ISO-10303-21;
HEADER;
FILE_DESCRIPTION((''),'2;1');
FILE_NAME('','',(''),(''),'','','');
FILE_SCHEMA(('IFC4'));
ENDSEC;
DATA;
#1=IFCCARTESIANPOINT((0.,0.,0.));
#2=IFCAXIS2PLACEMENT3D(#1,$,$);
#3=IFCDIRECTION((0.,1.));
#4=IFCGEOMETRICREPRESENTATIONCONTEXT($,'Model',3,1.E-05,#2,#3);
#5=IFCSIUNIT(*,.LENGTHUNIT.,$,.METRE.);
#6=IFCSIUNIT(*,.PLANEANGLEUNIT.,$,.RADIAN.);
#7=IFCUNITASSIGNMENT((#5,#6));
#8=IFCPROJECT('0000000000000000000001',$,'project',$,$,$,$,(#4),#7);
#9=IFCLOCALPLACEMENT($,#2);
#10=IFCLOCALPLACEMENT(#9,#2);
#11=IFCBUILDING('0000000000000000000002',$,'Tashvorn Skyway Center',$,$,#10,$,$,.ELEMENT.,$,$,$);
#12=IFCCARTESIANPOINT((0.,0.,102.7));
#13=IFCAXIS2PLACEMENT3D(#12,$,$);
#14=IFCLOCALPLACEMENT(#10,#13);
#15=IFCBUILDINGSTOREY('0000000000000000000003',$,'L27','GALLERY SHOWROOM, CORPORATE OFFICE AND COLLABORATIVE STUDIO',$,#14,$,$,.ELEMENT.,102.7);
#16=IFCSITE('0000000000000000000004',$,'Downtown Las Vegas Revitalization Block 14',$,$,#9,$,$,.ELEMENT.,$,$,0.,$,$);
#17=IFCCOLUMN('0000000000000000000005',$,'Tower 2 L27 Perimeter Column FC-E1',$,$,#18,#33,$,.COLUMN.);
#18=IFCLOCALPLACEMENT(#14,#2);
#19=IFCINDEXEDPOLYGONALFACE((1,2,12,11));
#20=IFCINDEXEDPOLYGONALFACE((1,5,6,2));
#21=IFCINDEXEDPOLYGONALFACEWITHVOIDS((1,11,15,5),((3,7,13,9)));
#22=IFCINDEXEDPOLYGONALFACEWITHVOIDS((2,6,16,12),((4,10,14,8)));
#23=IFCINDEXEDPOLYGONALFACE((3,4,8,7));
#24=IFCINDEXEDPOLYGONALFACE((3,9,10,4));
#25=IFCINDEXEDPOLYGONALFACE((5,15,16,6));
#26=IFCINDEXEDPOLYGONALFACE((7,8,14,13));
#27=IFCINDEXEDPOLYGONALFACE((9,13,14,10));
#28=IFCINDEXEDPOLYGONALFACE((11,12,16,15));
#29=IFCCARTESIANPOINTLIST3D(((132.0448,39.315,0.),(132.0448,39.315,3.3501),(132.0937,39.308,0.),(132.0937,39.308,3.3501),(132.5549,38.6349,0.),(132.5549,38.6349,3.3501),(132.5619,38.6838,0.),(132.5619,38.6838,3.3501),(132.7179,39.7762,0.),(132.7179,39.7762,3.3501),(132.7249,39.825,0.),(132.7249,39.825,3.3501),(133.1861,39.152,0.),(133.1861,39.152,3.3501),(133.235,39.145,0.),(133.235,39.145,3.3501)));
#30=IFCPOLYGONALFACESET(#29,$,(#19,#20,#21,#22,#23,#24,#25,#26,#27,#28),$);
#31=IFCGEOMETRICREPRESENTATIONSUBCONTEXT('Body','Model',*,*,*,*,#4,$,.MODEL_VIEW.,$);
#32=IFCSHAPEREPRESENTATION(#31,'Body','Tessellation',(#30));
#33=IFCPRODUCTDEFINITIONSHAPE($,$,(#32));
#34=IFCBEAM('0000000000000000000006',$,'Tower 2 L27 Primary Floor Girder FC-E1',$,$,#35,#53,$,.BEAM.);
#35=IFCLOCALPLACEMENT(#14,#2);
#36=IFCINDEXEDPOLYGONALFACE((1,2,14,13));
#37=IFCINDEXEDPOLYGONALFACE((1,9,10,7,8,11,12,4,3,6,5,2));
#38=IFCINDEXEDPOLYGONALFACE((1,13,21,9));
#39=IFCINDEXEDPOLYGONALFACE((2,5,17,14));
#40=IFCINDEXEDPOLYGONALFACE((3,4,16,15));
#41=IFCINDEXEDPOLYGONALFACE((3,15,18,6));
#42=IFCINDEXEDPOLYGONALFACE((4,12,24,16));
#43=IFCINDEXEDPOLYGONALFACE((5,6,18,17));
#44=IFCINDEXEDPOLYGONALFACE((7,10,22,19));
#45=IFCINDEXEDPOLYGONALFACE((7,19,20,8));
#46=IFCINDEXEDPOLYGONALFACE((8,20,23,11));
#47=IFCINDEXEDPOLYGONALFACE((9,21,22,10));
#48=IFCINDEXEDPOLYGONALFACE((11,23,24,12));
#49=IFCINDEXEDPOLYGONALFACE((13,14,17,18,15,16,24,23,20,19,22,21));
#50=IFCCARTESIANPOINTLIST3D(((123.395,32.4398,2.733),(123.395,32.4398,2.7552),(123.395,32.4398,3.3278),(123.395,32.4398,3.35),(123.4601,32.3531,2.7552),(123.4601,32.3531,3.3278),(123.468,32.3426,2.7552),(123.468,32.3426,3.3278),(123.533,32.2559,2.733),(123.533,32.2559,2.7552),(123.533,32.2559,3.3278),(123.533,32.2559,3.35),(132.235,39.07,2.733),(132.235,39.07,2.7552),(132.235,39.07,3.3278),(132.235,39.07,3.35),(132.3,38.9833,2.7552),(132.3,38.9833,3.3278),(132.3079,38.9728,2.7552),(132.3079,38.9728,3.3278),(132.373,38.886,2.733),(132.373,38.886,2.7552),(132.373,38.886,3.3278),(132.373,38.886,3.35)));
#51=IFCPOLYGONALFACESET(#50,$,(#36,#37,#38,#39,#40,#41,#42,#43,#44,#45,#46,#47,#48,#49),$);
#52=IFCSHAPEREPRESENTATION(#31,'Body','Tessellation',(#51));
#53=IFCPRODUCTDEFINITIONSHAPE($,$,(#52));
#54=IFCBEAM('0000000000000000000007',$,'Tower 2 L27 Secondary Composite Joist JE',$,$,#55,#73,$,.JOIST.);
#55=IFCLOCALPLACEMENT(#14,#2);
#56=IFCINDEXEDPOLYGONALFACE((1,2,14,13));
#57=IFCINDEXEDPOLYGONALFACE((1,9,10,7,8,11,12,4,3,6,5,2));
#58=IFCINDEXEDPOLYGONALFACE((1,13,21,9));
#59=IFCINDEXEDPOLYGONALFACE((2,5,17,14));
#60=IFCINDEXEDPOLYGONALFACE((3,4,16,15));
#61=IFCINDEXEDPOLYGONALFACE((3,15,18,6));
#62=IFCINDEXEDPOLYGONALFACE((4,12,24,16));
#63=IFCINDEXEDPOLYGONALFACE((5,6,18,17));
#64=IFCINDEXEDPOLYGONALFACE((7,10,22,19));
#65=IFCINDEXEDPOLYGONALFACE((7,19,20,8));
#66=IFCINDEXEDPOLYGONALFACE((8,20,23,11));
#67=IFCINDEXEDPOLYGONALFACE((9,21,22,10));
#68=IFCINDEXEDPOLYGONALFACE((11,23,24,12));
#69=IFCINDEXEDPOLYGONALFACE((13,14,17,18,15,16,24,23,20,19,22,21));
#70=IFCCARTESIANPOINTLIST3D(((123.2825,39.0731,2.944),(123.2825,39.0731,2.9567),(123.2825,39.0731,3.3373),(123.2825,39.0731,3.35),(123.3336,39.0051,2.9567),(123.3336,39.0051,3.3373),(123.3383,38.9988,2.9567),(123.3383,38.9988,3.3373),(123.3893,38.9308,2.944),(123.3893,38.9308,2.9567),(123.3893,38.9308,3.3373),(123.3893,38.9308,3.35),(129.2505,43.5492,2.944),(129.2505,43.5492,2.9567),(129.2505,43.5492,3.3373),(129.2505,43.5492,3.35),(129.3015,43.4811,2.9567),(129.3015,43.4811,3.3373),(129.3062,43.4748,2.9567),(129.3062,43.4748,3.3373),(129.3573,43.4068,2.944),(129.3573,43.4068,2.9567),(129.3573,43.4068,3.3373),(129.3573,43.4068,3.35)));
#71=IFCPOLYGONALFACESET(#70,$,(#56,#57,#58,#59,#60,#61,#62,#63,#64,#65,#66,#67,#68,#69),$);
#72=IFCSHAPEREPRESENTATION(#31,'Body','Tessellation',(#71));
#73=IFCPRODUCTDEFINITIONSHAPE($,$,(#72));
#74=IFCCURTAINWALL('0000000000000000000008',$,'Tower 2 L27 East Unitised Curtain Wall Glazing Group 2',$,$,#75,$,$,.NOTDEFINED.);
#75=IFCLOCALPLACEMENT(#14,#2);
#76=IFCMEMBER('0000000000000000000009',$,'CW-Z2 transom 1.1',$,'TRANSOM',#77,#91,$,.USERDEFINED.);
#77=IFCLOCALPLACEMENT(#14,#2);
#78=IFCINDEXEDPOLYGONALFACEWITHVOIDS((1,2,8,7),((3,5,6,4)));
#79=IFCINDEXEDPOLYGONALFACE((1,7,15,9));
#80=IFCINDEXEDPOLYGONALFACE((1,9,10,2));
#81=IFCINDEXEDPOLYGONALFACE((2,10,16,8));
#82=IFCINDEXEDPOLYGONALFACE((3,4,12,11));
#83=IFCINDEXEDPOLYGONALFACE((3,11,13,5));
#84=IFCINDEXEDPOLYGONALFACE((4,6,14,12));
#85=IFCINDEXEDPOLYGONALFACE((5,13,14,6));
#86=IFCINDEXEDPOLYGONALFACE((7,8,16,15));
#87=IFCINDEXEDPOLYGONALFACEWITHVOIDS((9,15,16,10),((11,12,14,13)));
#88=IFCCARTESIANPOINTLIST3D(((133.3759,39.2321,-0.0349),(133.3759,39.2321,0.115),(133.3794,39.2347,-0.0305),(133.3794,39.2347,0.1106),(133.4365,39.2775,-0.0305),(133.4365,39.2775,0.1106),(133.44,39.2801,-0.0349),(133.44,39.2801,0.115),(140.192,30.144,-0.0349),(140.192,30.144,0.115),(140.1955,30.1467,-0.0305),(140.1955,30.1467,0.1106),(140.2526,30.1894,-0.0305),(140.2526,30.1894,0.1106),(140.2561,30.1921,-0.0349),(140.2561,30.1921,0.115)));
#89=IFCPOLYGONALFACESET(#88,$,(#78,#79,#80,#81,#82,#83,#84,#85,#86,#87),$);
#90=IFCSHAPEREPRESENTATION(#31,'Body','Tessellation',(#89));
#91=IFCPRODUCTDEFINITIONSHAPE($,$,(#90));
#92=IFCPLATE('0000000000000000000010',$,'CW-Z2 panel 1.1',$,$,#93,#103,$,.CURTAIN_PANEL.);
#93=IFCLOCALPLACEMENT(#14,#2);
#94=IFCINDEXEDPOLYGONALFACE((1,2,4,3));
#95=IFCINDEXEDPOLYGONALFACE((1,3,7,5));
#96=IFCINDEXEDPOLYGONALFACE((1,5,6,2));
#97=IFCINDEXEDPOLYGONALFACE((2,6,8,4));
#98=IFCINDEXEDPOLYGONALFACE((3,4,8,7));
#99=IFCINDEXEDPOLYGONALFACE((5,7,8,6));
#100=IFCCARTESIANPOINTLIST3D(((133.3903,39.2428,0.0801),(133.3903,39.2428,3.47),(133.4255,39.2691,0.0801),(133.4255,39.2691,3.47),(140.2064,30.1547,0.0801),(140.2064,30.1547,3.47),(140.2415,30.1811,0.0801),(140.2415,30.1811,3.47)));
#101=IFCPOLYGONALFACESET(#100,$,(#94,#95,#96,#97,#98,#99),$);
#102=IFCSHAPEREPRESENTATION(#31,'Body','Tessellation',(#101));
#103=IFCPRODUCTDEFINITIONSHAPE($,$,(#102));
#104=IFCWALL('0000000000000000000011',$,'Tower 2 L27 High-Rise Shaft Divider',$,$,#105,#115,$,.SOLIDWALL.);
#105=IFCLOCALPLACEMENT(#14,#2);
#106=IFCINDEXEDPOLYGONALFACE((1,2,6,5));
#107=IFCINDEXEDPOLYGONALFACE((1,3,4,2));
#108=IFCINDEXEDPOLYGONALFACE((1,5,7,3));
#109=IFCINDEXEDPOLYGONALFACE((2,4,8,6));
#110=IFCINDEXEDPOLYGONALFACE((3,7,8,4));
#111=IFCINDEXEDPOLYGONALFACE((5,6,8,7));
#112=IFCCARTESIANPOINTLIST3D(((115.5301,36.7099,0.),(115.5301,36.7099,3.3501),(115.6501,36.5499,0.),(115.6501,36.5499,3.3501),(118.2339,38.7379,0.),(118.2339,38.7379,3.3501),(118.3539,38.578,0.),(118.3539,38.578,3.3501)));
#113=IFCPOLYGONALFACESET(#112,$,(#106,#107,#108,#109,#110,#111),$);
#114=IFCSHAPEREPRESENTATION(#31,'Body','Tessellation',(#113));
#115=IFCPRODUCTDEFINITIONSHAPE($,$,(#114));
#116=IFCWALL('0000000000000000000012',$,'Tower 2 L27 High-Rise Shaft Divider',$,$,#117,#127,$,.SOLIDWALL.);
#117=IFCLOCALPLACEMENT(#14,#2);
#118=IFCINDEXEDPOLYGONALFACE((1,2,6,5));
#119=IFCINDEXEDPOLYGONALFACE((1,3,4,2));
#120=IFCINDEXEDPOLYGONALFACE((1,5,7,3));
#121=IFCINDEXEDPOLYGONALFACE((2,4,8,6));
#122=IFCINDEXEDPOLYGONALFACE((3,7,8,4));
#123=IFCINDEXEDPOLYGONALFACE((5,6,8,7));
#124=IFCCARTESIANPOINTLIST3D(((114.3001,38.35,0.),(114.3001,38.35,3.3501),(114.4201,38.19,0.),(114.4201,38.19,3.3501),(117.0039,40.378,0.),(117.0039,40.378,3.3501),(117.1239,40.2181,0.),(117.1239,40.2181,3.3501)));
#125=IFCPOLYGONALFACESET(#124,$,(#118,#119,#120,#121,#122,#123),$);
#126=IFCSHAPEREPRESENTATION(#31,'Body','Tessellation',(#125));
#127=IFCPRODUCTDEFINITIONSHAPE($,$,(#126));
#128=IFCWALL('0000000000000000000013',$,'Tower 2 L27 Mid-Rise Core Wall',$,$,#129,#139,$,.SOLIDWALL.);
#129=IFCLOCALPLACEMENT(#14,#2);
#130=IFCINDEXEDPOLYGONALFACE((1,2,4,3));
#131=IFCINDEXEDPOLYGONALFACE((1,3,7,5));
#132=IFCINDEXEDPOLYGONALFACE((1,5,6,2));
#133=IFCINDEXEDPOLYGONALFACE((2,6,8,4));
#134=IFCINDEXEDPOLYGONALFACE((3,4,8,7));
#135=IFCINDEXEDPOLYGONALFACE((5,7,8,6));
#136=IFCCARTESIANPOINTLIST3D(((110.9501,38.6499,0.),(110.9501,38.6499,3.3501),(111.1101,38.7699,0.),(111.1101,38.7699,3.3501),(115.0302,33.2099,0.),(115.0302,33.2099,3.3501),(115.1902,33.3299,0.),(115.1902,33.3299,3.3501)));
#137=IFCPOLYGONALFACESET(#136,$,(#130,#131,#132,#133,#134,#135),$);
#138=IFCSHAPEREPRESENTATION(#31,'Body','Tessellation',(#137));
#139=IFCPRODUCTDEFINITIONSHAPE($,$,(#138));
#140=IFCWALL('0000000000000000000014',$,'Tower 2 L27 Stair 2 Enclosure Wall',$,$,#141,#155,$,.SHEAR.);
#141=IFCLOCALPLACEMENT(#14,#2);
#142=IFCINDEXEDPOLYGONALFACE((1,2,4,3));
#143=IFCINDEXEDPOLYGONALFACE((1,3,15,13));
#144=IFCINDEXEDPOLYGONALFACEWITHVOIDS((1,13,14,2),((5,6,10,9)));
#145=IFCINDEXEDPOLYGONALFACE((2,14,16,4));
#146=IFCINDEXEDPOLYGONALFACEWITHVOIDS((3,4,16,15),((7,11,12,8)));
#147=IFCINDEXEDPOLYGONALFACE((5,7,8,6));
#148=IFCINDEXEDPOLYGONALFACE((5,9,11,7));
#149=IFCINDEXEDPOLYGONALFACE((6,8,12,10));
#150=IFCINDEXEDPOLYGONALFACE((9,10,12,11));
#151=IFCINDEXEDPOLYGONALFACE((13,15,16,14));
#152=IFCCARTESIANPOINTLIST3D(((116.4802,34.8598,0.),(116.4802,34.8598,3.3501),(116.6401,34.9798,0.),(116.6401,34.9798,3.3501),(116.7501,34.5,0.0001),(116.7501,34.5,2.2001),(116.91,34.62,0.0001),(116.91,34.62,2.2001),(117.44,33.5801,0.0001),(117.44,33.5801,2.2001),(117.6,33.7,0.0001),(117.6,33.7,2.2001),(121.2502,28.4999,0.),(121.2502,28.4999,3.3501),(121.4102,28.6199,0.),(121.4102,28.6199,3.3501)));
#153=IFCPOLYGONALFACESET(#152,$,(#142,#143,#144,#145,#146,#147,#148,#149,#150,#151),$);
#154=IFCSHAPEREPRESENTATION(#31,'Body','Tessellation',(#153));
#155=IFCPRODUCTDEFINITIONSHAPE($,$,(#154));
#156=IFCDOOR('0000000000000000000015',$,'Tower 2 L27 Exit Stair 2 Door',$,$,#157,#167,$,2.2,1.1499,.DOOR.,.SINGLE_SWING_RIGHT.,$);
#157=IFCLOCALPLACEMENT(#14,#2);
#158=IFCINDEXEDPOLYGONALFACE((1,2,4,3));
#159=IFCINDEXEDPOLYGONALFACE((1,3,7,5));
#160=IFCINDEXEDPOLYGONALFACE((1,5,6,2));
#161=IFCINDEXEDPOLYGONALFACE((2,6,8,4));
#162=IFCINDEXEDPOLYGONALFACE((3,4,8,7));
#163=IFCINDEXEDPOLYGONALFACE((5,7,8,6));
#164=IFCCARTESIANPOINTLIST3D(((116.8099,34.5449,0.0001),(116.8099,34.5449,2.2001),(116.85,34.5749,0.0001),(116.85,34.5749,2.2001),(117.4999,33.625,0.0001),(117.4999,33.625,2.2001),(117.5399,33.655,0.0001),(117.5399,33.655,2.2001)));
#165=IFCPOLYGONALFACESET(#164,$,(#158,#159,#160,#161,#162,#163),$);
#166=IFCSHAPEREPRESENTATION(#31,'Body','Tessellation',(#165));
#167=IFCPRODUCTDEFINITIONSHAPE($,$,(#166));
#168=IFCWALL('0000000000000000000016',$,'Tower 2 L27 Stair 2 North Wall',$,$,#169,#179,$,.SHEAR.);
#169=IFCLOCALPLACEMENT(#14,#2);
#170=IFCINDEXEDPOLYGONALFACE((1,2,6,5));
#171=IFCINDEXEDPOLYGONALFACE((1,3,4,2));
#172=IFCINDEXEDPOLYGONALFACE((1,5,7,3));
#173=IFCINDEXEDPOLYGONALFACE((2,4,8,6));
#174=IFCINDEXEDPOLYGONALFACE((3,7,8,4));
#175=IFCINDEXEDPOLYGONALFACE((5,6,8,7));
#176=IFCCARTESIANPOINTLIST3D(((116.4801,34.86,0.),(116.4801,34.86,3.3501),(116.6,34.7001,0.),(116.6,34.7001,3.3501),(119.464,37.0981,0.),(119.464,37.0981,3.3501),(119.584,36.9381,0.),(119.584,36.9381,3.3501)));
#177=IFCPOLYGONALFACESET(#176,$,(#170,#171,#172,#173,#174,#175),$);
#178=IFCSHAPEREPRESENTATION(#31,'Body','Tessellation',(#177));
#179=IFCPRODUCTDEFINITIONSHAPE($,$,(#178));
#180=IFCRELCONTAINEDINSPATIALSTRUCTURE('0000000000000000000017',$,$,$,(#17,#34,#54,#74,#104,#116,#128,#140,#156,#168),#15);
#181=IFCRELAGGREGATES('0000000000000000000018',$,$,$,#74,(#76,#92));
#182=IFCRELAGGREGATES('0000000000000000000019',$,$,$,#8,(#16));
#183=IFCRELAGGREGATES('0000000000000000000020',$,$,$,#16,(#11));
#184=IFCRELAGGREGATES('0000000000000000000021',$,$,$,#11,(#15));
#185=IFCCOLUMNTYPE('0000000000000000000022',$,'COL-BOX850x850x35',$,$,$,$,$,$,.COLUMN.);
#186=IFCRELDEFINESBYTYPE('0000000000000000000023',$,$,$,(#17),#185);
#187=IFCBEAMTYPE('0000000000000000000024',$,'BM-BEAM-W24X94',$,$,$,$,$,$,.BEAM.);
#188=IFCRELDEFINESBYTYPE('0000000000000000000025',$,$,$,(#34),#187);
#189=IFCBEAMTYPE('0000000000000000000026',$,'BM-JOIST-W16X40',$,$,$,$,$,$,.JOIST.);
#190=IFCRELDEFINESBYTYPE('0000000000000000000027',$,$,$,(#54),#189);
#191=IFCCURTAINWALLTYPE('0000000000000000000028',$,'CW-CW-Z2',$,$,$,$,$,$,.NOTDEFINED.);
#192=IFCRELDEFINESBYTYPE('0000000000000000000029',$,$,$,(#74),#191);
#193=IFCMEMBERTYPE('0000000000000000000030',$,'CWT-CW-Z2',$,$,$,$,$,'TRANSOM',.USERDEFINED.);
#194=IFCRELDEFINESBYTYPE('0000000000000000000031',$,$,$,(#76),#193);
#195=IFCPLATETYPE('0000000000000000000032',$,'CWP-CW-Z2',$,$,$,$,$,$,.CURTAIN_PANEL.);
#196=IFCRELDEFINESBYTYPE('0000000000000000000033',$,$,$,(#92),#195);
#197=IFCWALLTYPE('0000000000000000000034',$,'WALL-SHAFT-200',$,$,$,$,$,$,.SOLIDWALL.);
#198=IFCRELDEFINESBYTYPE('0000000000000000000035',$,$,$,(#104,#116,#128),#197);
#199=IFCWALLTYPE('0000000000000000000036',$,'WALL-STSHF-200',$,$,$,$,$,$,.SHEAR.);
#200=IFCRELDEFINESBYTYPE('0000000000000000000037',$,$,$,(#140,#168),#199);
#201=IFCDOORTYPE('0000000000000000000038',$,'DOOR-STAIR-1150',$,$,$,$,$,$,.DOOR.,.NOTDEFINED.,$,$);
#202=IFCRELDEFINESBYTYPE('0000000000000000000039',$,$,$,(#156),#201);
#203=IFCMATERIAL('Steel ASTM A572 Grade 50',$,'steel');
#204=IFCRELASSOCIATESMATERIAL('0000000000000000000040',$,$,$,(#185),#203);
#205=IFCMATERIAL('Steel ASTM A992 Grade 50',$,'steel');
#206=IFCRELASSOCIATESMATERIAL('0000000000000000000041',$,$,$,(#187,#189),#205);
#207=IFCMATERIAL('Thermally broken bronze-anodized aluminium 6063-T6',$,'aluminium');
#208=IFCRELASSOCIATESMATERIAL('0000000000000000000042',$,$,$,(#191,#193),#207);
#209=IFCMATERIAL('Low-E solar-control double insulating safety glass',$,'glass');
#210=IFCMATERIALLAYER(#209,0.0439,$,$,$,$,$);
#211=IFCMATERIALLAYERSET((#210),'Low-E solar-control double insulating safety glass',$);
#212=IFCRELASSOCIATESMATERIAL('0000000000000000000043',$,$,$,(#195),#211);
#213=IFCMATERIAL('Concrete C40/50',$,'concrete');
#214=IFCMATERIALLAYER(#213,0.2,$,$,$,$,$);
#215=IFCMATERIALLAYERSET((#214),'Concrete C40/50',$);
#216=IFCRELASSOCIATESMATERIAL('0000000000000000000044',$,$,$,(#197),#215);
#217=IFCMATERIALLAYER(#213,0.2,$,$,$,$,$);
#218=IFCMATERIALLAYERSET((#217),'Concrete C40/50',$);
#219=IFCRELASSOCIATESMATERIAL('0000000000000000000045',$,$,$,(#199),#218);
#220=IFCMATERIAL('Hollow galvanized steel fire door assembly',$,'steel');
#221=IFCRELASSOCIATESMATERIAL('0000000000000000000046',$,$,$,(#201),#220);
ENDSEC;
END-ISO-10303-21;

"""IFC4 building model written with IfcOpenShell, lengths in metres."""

from ifc_helpers import new_model, si_unit, direction, frame, frame_2d, origin, origin_2d, place, context, subcontext, project, spatial, rectangle, hollow_rectangle, i_section, extrude, material, layer, layer_set, material_profile, profile_set, type_object, element, fill, aggregate, save


model = new_model("IFC4")

# Units and contexts
model_context = context("Model", 3, precision=1e-05, world=origin(), true_north=direction((0.0, 1.0)))
body_context = subcontext(model_context, "Body", "Model", "MODEL_VIEW")
ifc_project = project(units=[si_unit("LENGTHUNIT", "METRE"), si_unit("PLANEANGLEUNIT", "RADIAN")], contexts=[model_context])

# Site, building, storey
site_placement = place(None, origin())
site = spatial("IfcSite", under=ifc_project, at=site_placement, Name="Downtown Las Vegas Revitalization Block 14", CompositionType="ELEMENT", RefElevation=0.0)
building_placement = place(site_placement, origin())
building = spatial("IfcBuilding", under=site, at=building_placement, Name="Tashvorn Skyway Center", CompositionType="ELEMENT")
storey_placement = place(building_placement, frame((0.0, 0.0, 102.7)))
storey = spatial("IfcBuildingStorey", under=building, at=storey_placement, Name="L27", Description="GALLERY SHOWROOM, CORPORATE OFFICE AND COLLABORATIVE STUDIO", CompositionType="ELEMENT", Elevation=102.7)

# Column
ifc_material_1 = material(Name="Steel ASTM A572 Grade 50", Category="steel")
ifc_material_profile_1 = material_profile(ifc_material_1, hollow_rectangle(XDim=0.8501, YDim=0.8501, WallThickness=0.0349, at=origin_2d()), Name="BOX850x850x35")
ifc_profile_set_1 = profile_set([ifc_material_profile_1], Name="Steel ASTM A572 Grade 50")
column_type = type_object("IfcColumnType", Name="COL-BOX850x850x35", PredefinedType="COLUMN", material=ifc_profile_set_1)
column_placement = place(storey_placement, frame((132.6399, 39.23, 0.0), z_axis=(0.0, 0.0, 1.0), x_axis=(0.8, 0.6, 0.0)))
element("IfcColumn", 1, at=column_placement, inside=storey, type_object=column_type, Name="Tower 2 L27 Perimeter Column FC-E1", PredefinedType="COLUMN", context=body_context, shape_type="SweptSolid", body=[
    extrude(hollow_rectangle(XDim=0.8501, YDim=0.8501, WallThickness=0.0349, at=origin_2d()), origin(), (0.0, 0.0, 1.0), 3.3501),
])

# Beams
ifc_material_2 = material(Name="Steel ASTM A992 Grade 50", Category="steel")
ifc_material_profile_2 = material_profile(ifc_material_2, i_section(OverallWidth=0.23, OverallDepth=0.6169, WebThickness=0.0132, FlangeThickness=0.0222, at=origin_2d()), Name="W24X94")
ifc_profile_set_2 = profile_set([ifc_material_profile_2], Name="Steel ASTM A992 Grade 50")
beam_type_1 = type_object("IfcBeamType", Name="BM-BEAM-W24X94", PredefinedType="BEAM", material=ifc_profile_set_2)
beam_1_placement = place(storey_placement, frame((132.304, 38.978, 3.0415), z_axis=(-0.799989, -0.600014, 0.0), x_axis=(0.600014, -0.799989, 0.0)))
element("IfcBeam", 2, at=beam_1_placement, inside=storey, type_object=beam_type_1, Name="Tower 2 L27 Primary Floor Girder FC-E1", PredefinedType="BEAM", context=body_context, shape_type="SweptSolid", body=[
    extrude(i_section(OverallWidth=0.23, OverallDepth=0.6169, WebThickness=0.0132, FlangeThickness=0.0222, at=origin_2d()), origin(), (0.0, 0.0, 1.0), 11.05),
])
ifc_material_profile_3 = material_profile(ifc_material_2, i_section(OverallWidth=0.178, OverallDepth=0.406, WebThickness=0.0078, FlangeThickness=0.0127, at=origin_2d()), Name="W16X40")
ifc_profile_set_3 = profile_set([ifc_material_profile_3], Name="Steel ASTM A992 Grade 50")
beam_type_2 = type_object("IfcBeamType", Name="BM-JOIST-W16X40", PredefinedType="JOIST", material=ifc_profile_set_3)
beam_2_placement = place(storey_placement, frame((123.3359, 39.002, 3.147), z_axis=(0.799996, 0.600005, 0.0), x_axis=(-0.600005, 0.799996, 0.0)))
element("IfcBeam", 3, at=beam_2_placement, inside=storey, type_object=beam_type_2, Name="Tower 2 L27 Secondary Composite Joist JE", PredefinedType="JOIST", context=body_context, shape_type="SweptSolid", body=[
    extrude(i_section(OverallWidth=0.178, OverallDepth=0.406, WebThickness=0.0078, FlangeThickness=0.0127, at=origin_2d()), origin(), (0.0, 0.0, 1.0), 7.46),
])

# Curtain wall, member, plate
ifc_material_3 = material(Name="Thermally broken bronze-anodized aluminium 6063-T6", Category="aluminium")
curtain_wall_type = type_object("IfcCurtainWallType", Name="CW-CW-Z2", PredefinedType="NOTDEFINED", material=ifc_material_3)
curtain_wall_placement = place(storey_placement, origin())
curtain_wall = element("IfcCurtainWall", 4, at=curtain_wall_placement, inside=storey, type_object=curtain_wall_type, Name="Tower 2 L27 East Unitised Curtain Wall Glazing Group 2", PredefinedType="NOTDEFINED")
ifc_material_profile_4 = material_profile(ifc_material_3, hollow_rectangle(XDim=0.0801, YDim=0.1499, WallThickness=0.0044, at=origin_2d()), Name="ALU-TRAN-80x150")
ifc_profile_set_4 = profile_set([ifc_material_profile_4], Name="Thermally broken bronze-anodized aluminium 6063-T6")
member_type = type_object("IfcMemberType", Name="CWT-CW-Z2", ElementType="TRANSOM", PredefinedType="USERDEFINED", material=ifc_profile_set_4)
member_placement = place(storey_placement, frame((133.408, 39.2561, 0.04), z_axis=(0.600003, -0.799997, 0.0), x_axis=(0.799997, 0.600003, 0.0)))
member = element("IfcMember", 5, at=member_placement, type_object=member_type, Name="CW-Z2 transom 1.1", ObjectType="TRANSOM", PredefinedType="USERDEFINED", context=body_context, shape_type="SweptSolid", body=[
    extrude(hollow_rectangle(XDim=0.0801, YDim=0.1499, WallThickness=0.0044, at=origin_2d()), origin(), (0.0, 0.0, 1.0), 11.3601),
])
ifc_material_4 = material(Name="Low-E solar-control double insulating safety glass", Category="glass")
ifc_layer_1 = layer(ifc_material_4, 0.0439)
ifc_layer_set_1 = layer_set([ifc_layer_1], Name="Low-E solar-control double insulating safety glass")
plate_type = type_object("IfcPlateType", Name="CWP-CW-Z2", PredefinedType="CURTAIN_PANEL", material=ifc_layer_set_1)
plate_placement = place(storey_placement, frame((136.8159, 34.7119, 0.0801), z_axis=(0.0, 0.0, 1.0), x_axis=(0.6, -0.8, 0.0)))
plate = element("IfcPlate", 6, at=plate_placement, type_object=plate_type, Name="CW-Z2 panel 1.1", PredefinedType="CURTAIN_PANEL", context=body_context, shape_type="SweptSolid", body=[
    extrude(rectangle(XDim=11.3601, YDim=0.0439, at=origin_2d()), origin(), (0.0, 0.0, 1.0), 3.3899),
])
aggregate(curtain_wall, [member, plate])

# Walls
ifc_material_5 = material(Name="Concrete C40/50", Category="concrete")
ifc_layer_2 = layer(ifc_material_5, 0.2)
ifc_layer_set_2 = layer_set([ifc_layer_2], Name="Concrete C40/50")
wall_type_1 = type_object("IfcWallType", Name="WALL-SHAFT-200", PredefinedType="SOLIDWALL", material=ifc_layer_set_2)
for number, where, z_axis, x_axis, name in (
    (7, (115.5901, 36.6299, 0.0), (0.0, 0.0, 1.0), (0.799974, 0.600035, 0.0), "Tower 2 L27 High-Rise Shaft Divider"),
    (8, (114.3601, 38.27, 0.0), (0.0, 0.0, 1.0), (0.799974, 0.600035, 0.0), "Tower 2 L27 High-Rise Shaft Divider"),
):
    element("IfcWall", number, at=place(storey_placement, frame(where, z_axis=z_axis, x_axis=x_axis)), inside=storey, type_object=wall_type_1, Name=name, PredefinedType="SOLIDWALL", context=body_context, shape_type="SweptSolid", body=[
        extrude(rectangle(XDim=3.3799, YDim=0.2, at=frame_2d((1.6899, 0.0))), origin(), (0.0, 0.0, 1.0), 3.3501),
    ])
wall_1_placement = place(storey_placement, frame((115.1101, 33.27, 0.0), z_axis=(0.0, 0.0, 1.0), x_axis=(-0.600011, 0.799991, 0.0)))
element("IfcWall", 9, at=wall_1_placement, inside=storey, type_object=wall_type_1, Name="Tower 2 L27 Mid-Rise Core Wall", PredefinedType="SOLIDWALL", context=body_context, shape_type="SweptSolid", body=[
    extrude(rectangle(XDim=6.8, YDim=0.2, at=frame_2d((3.3999, 0.0))), origin(), (0.0, 0.0, 1.0), 3.3501),
])

# Wall, opening, door
ifc_layer_3 = layer(ifc_material_5, 0.2)
ifc_layer_set_3 = layer_set([ifc_layer_3], Name="Concrete C40/50")
wall_type_2 = type_object("IfcWallType", Name="WALL-STSHF-200", PredefinedType="SHEAR", material=ifc_layer_set_3)
wall_2_placement = place(storey_placement, frame((116.5601, 34.9199, 0.0), z_axis=(0.0, 0.0, 1.0), x_axis=(0.60001, -0.799993, 0.0)))
wall_2 = element("IfcWall", 10, at=wall_2_placement, inside=storey, type_object=wall_type_2, Name="Tower 2 L27 Stair 2 Enclosure Wall", PredefinedType="SHEAR", context=body_context, shape_type="SweptSolid", body=[
    extrude(rectangle(XDim=7.95, YDim=0.2, at=frame_2d((3.9751, 0.0))), origin(), (0.0, 0.0, 1.0), 3.3501),
])
opening_placement = place(wall_2_placement, frame((0.45, 0.0, 0.0)))
opening = element("IfcOpeningElement", 11, at=opening_placement, cuts=wall_2, PredefinedType="OPENING", context=body_context, shape_type="SweptSolid", body=[
    extrude(rectangle(XDim=1.1499, YDim=2.2, at=frame_2d((0.575, 1.1001))), frame((0.0, 0.1099, 0.0), z_axis=(0.0, -1.0, 0.0), x_axis=(1.0, 0.0, 0.0)), (0.0, 0.0, 1.0), 0.22),
])
ifc_material_6 = material(Name="Hollow galvanized steel fire door assembly", Category="steel")
door_type = type_object("IfcDoorType", Name="DOOR-STAIR-1150", OperationType="NOTDEFINED", PredefinedType="DOOR", material=ifc_material_6)
door_placement = place(opening_placement, origin())
door = element("IfcDoor", 12, at=door_placement, inside=storey, type_object=door_type, Name="Tower 2 L27 Exit Stair 2 Door", OperationType="SINGLE_SWING_RIGHT", OverallHeight=2.2, OverallWidth=1.1499, PredefinedType="DOOR", context=body_context, shape_type="SweptSolid", body=[
    extrude(rectangle(XDim=1.1499, YDim=2.2, at=frame_2d((0.575, 1.1001))), frame((0.0, 0.0249, 0.0), z_axis=(0.0, -1.0, 0.0), x_axis=(1.0, 0.0, 0.0)), (0.0, 0.0, 1.0), 0.05),
])
fill(opening, door)

# Wall
wall_3_placement = place(storey_placement, frame((116.54, 34.78, 0.0), z_axis=(0.0, 0.0, 1.0), x_axis=(0.799984, 0.600021, 0.0)))
element("IfcWall", 13, at=wall_3_placement, inside=storey, type_object=wall_type_2, Name="Tower 2 L27 Stair 2 North Wall", PredefinedType="SHEAR", context=body_context, shape_type="SweptSolid", body=[
    extrude(rectangle(XDim=3.73, YDim=0.2, at=frame_2d((1.865, 0.0))), origin(), (0.0, 0.0, 1.0), 3.3501),
])

save(model, "model.ifc")
